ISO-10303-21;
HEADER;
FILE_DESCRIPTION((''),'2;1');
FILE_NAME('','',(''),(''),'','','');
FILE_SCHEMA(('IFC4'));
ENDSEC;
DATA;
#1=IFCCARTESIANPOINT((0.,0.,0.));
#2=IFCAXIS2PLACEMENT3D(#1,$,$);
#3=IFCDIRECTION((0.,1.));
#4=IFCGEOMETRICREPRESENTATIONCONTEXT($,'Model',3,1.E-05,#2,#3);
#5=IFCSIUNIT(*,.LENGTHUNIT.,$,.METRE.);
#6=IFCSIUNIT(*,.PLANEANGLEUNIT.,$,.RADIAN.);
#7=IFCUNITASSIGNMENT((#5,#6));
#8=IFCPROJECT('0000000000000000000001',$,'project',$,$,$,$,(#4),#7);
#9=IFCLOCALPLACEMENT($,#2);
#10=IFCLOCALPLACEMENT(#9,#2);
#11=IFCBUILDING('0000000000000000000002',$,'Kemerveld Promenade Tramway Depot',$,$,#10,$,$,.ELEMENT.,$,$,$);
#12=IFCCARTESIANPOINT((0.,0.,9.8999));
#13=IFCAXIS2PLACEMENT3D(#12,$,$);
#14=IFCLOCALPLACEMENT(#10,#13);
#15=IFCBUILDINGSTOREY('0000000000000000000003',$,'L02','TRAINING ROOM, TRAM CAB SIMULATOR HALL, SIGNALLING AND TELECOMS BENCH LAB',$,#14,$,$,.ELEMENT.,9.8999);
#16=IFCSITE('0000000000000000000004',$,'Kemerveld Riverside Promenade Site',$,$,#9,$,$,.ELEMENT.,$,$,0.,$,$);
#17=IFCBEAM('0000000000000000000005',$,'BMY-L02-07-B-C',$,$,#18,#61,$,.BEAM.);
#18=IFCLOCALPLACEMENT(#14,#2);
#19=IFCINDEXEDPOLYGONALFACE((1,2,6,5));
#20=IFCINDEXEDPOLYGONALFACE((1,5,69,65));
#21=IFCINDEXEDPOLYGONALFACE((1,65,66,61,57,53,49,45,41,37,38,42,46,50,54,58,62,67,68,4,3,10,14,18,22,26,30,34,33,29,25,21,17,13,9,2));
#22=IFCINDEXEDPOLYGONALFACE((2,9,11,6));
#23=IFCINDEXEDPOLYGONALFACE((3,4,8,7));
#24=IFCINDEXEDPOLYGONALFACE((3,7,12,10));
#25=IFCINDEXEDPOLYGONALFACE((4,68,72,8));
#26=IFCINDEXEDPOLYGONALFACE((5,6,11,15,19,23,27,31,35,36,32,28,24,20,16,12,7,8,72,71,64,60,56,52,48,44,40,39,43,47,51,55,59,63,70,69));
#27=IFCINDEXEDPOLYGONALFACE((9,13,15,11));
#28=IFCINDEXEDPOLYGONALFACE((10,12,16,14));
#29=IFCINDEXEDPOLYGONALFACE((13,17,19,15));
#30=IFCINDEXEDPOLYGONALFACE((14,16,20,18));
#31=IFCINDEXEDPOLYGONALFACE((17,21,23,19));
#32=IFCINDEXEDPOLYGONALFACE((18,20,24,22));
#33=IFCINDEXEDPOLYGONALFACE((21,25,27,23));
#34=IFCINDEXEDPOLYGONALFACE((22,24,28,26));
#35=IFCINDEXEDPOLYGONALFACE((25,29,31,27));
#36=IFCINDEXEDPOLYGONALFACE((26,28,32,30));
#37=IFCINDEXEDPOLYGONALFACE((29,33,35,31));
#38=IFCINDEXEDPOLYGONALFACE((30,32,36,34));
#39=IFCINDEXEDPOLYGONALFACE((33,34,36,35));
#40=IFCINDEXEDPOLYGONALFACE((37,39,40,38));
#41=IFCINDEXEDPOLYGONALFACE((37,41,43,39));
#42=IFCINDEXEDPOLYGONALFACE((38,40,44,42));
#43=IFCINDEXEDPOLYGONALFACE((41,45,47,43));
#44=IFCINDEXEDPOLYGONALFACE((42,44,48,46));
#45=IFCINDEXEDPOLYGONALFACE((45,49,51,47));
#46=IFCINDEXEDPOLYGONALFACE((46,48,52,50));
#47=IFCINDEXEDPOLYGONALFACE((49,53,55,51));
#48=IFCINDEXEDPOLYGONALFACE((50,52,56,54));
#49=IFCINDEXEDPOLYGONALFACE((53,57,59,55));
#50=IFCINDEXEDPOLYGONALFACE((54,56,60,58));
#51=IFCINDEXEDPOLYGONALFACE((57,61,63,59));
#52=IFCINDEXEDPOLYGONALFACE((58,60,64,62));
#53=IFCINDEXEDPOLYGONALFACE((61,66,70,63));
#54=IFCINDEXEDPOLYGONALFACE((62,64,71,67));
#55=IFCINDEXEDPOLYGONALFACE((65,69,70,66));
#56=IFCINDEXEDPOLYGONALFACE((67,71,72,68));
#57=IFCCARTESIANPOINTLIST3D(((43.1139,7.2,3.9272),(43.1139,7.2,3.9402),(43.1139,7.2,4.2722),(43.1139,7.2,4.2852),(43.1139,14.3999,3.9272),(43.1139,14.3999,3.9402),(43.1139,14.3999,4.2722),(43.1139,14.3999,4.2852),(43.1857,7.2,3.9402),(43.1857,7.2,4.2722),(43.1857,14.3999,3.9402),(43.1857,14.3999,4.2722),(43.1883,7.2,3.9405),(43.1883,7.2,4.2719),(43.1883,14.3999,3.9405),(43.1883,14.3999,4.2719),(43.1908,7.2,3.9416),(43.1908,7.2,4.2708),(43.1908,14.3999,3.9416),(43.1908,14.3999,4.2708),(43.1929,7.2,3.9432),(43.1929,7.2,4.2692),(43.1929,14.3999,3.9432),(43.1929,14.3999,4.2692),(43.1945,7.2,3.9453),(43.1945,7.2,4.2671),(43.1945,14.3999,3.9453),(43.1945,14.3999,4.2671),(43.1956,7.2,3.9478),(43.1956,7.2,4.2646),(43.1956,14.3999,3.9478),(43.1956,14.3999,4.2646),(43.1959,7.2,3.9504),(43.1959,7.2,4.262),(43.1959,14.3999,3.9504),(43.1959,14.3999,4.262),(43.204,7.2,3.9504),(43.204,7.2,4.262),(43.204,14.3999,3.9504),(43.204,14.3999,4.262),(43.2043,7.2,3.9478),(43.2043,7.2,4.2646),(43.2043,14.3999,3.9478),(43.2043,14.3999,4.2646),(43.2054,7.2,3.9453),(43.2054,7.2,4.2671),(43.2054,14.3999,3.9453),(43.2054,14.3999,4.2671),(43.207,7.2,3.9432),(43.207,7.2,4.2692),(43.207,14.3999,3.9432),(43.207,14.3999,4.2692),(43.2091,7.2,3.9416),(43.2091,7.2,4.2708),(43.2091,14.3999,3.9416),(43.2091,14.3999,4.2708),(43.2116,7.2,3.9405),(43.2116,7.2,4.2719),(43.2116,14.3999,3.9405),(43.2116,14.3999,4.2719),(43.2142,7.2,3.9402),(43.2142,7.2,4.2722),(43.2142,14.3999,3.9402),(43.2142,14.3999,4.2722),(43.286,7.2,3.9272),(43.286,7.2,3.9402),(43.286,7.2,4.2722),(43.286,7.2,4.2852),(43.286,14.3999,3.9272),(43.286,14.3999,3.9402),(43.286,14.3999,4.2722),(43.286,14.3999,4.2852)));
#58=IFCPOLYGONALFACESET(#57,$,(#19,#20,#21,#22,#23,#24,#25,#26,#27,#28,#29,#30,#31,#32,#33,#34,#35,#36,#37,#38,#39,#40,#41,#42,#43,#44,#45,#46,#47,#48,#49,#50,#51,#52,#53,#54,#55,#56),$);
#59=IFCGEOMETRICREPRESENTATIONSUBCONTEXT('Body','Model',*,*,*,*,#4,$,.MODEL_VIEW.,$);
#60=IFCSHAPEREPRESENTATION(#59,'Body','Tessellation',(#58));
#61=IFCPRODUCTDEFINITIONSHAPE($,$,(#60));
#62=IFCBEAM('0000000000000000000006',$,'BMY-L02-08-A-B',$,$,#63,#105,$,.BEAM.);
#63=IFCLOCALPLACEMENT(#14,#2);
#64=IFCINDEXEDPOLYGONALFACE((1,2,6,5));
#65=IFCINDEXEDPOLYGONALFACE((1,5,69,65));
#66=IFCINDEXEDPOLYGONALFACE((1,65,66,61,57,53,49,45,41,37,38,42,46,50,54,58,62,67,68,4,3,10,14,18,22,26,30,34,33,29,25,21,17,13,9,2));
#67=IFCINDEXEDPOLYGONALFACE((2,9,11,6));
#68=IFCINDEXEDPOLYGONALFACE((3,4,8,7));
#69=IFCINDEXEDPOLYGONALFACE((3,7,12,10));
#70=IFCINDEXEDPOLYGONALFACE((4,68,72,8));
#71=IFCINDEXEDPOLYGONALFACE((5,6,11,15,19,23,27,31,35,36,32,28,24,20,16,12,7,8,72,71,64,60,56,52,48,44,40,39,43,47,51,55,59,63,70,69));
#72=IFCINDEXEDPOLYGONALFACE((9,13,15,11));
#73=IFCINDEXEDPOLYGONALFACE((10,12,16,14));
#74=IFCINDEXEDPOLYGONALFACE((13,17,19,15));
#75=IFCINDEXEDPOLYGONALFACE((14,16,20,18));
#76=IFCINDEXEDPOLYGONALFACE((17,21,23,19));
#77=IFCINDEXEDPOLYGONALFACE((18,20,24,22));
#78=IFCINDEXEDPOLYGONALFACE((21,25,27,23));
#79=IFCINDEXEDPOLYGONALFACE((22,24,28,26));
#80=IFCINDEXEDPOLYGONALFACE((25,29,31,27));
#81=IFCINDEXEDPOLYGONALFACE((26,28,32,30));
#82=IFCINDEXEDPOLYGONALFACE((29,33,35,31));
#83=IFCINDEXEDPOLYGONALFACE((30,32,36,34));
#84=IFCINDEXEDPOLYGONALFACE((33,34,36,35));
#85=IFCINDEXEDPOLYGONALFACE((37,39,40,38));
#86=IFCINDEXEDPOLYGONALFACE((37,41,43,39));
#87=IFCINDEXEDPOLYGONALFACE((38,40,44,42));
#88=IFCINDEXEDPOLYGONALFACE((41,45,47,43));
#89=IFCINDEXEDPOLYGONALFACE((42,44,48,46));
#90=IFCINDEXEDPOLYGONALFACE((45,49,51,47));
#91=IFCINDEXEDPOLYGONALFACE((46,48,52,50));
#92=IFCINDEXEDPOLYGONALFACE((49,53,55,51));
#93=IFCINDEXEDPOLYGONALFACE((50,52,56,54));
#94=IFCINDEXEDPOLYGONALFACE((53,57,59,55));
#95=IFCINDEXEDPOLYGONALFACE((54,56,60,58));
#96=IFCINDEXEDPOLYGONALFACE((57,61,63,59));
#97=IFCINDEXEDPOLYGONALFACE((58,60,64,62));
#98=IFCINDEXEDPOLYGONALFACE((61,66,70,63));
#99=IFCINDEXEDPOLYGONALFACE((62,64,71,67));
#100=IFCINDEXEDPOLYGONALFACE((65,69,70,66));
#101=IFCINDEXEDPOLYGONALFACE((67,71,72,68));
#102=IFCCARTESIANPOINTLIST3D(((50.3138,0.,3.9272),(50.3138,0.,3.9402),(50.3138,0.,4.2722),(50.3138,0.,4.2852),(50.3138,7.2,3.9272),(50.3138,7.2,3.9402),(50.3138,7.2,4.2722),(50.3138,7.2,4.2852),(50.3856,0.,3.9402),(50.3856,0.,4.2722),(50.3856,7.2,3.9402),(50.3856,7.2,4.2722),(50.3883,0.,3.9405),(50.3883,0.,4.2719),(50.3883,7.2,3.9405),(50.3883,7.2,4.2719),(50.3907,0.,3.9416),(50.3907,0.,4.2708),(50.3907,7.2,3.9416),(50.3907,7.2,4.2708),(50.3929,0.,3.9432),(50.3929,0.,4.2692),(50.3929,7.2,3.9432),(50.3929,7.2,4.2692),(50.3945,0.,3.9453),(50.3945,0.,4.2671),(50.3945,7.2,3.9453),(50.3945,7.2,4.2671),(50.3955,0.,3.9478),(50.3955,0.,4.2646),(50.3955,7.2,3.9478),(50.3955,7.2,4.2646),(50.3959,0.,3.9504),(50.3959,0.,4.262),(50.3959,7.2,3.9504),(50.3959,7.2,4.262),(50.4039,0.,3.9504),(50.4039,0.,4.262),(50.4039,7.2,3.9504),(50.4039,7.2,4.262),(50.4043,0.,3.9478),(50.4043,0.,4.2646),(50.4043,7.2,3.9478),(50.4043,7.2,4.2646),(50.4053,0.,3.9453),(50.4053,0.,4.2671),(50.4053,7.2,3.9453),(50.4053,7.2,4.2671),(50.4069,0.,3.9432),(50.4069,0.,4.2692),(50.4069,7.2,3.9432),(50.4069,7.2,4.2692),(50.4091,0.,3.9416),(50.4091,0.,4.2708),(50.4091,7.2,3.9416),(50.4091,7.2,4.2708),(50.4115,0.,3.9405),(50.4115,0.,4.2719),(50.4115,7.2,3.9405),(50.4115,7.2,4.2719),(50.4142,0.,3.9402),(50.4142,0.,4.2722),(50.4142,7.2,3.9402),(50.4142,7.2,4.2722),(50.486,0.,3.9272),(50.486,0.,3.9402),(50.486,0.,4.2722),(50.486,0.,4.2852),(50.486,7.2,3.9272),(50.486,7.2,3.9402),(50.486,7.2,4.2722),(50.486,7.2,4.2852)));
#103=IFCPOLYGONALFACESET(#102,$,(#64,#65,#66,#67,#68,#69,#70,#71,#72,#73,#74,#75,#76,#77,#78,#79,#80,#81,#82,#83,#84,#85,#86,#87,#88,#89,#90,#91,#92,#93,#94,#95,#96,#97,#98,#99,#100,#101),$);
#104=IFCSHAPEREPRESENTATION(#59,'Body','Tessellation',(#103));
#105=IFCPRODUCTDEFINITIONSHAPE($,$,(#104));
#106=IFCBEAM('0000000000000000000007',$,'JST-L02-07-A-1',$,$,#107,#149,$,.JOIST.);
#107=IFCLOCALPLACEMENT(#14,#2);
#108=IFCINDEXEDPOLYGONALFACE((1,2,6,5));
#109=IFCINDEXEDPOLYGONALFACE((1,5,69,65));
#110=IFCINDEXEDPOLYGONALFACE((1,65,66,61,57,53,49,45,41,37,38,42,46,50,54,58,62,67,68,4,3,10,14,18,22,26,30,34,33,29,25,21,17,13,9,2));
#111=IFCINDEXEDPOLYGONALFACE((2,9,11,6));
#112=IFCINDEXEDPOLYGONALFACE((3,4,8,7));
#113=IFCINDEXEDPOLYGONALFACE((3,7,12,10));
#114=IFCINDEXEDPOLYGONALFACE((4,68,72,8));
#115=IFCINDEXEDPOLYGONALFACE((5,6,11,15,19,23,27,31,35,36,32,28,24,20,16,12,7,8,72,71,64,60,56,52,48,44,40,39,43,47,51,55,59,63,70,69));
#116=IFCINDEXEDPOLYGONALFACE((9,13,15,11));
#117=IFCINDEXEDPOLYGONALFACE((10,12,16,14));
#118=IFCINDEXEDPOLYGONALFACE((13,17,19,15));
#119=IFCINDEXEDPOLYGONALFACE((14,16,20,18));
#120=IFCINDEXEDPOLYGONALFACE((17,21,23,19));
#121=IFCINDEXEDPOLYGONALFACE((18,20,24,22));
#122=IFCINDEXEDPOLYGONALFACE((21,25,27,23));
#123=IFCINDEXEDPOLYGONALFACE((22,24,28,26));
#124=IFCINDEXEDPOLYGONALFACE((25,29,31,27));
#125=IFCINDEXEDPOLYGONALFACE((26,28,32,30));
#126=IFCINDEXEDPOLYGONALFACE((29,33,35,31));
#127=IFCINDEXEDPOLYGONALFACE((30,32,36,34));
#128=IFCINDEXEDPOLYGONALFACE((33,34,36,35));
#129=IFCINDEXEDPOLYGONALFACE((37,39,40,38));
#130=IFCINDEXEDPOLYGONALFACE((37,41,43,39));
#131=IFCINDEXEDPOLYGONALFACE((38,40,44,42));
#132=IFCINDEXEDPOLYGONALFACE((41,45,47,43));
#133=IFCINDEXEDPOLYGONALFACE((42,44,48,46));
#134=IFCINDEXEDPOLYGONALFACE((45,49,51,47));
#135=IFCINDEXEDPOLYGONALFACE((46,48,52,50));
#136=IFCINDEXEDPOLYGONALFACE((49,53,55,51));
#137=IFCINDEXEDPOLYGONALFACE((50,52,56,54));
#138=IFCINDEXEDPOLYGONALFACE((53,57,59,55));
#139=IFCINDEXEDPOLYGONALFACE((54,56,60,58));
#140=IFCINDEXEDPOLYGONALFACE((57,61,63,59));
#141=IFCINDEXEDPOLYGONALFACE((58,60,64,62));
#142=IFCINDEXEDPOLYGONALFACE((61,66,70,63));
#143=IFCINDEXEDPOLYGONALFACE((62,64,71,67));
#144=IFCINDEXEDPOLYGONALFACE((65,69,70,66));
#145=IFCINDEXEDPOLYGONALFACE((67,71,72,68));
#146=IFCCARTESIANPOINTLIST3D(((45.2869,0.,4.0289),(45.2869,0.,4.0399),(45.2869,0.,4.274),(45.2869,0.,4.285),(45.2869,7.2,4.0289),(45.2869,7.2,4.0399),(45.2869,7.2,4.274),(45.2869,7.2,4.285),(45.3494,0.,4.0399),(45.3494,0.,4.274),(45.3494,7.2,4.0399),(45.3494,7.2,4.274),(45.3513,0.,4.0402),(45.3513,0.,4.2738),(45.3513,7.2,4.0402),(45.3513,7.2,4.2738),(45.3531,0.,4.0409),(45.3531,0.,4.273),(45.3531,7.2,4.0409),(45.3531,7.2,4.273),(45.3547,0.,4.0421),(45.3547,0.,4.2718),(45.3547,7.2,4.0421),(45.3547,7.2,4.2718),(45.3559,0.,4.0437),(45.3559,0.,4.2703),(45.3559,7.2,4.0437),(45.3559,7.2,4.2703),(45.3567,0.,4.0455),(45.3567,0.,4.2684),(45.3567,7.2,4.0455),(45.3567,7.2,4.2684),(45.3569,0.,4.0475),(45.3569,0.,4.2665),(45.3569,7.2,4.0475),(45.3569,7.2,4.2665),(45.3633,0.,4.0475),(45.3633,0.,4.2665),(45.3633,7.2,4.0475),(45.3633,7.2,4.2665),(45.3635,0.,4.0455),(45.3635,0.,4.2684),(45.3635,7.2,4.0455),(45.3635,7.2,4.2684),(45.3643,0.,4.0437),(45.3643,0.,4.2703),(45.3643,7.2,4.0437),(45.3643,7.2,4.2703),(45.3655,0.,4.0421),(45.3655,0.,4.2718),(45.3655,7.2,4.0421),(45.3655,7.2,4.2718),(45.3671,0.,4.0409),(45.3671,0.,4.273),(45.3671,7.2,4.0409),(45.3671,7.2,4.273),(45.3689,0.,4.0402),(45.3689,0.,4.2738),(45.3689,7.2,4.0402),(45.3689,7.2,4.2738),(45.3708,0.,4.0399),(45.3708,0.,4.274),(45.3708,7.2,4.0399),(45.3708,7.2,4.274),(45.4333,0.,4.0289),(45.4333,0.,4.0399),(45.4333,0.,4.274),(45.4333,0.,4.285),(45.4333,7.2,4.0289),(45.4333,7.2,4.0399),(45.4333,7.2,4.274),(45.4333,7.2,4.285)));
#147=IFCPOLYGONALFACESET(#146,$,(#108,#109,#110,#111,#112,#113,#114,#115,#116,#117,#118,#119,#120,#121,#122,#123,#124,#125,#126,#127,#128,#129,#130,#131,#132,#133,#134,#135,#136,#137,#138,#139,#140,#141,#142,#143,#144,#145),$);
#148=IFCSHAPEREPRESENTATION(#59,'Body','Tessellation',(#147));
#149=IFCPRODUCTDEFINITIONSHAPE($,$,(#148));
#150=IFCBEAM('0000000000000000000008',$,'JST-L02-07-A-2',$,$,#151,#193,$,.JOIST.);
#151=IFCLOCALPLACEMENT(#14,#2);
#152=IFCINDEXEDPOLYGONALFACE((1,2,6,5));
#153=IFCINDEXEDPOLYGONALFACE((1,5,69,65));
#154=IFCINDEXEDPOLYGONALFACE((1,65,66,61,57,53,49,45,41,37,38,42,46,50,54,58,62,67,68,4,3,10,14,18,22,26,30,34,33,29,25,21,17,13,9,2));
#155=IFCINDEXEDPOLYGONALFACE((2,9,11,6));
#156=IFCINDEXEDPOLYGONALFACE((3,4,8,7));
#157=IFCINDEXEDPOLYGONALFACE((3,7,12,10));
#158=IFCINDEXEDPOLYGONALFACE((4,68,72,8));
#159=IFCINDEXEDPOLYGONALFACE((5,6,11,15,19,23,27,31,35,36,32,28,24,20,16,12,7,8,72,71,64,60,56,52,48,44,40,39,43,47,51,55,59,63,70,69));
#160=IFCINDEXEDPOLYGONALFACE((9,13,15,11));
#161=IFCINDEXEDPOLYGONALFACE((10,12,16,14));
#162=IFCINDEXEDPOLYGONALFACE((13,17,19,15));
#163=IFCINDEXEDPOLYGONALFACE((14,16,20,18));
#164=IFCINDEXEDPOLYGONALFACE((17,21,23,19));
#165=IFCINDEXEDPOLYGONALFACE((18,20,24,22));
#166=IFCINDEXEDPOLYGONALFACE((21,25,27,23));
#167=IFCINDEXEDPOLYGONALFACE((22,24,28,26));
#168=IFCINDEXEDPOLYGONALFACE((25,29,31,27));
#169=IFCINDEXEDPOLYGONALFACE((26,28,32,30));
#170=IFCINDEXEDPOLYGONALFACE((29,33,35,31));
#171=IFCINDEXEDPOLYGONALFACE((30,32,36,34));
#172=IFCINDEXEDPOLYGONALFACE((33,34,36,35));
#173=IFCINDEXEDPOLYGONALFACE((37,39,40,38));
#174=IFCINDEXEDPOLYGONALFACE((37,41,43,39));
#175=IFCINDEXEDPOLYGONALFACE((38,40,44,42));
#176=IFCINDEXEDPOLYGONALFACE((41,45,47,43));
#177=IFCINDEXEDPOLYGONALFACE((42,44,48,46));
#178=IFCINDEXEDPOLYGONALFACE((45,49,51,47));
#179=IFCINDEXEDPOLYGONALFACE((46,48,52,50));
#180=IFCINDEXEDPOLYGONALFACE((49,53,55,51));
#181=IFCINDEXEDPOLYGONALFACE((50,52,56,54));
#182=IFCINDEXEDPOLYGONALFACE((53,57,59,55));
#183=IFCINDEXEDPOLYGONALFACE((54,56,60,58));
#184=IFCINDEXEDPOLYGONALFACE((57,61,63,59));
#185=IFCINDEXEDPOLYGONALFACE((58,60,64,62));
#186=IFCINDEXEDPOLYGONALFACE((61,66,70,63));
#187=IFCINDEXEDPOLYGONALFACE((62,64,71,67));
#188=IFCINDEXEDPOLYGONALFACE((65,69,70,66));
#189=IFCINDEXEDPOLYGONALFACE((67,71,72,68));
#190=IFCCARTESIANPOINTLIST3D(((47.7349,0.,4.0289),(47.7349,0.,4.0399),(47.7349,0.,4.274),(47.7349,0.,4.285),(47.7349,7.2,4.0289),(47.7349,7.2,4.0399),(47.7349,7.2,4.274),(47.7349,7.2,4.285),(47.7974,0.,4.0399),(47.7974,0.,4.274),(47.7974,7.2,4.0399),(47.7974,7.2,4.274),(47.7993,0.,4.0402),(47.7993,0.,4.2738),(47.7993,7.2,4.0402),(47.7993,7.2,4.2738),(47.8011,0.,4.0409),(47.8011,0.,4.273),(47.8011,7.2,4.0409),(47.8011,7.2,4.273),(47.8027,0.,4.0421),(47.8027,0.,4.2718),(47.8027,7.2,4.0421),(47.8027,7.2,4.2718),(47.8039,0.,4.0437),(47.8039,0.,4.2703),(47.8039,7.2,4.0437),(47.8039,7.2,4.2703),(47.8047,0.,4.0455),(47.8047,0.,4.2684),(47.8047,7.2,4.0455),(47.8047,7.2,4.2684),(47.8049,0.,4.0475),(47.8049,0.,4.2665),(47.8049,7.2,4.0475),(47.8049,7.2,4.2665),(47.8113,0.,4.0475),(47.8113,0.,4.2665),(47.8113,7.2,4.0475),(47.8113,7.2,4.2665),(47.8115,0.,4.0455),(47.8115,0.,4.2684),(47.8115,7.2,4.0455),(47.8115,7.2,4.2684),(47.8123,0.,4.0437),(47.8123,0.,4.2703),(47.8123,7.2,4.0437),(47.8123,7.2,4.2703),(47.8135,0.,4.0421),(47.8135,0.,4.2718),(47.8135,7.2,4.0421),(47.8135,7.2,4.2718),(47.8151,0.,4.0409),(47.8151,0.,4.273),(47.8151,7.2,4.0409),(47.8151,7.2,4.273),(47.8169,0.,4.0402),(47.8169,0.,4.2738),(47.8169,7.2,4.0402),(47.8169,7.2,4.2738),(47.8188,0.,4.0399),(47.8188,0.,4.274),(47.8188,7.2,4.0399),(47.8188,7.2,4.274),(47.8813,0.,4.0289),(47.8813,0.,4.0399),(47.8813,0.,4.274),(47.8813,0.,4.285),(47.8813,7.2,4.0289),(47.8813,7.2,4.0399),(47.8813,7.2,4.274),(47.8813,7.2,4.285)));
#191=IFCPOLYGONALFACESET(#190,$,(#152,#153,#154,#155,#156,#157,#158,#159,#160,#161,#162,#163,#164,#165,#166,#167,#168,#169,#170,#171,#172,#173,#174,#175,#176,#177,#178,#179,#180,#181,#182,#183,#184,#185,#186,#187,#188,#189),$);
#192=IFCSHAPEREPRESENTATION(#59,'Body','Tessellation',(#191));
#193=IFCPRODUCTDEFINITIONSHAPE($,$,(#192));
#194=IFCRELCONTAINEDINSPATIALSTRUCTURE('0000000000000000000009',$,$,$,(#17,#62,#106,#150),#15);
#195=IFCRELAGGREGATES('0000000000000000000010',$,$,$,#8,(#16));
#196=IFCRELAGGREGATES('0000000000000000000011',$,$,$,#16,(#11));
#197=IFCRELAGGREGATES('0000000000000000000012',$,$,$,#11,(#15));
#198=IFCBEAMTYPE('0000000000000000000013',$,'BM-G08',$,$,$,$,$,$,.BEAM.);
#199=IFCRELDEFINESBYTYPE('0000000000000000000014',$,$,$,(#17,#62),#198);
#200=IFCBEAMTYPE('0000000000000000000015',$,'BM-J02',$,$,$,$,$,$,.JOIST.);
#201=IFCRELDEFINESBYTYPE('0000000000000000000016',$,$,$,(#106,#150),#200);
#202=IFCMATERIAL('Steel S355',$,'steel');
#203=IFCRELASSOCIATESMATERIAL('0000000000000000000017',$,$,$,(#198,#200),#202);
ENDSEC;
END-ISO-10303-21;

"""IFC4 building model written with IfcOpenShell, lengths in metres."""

from ifc_helpers import new_model, si_unit, direction, frame, origin, origin_2d, place, context, subcontext, project, spatial, i_section, extrude, material, material_profile, profile_set, type_object, element, save


model = new_model("IFC4")

# Units and contexts
model_context = context("Model", 3, precision=1e-05, world=origin(), true_north=direction((0.0, 1.0)))
body_context = subcontext(model_context, "Body", "Model", "MODEL_VIEW")
ifc_project = project(units=[si_unit("LENGTHUNIT", "METRE"), si_unit("PLANEANGLEUNIT", "RADIAN")], contexts=[model_context])

# Site, building, storey
site_placement = place(None, origin())
site = spatial("IfcSite", under=ifc_project, at=site_placement, Name="Kemerveld Riverside Promenade Site", CompositionType="ELEMENT", RefElevation=0.0)
building_placement = place(site_placement, origin())
building = spatial("IfcBuilding", under=site, at=building_placement, Name="Kemerveld Promenade Tramway Depot", CompositionType="ELEMENT")
storey_placement = place(building_placement, frame((0.0, 0.0, 9.8999)))
storey = spatial("IfcBuildingStorey", under=building, at=storey_placement, Name="L02", Description="TRAINING ROOM, TRAM CAB SIMULATOR HALL, SIGNALLING AND TELECOMS BENCH LAB", CompositionType="ELEMENT", Elevation=9.8999)

# Shared definitions
ifc_material_1 = material(Name="Steel S355", Category="steel")

# Beams
ifc_material_profile_1 = material_profile(ifc_material_1, i_section(OverallWidth=0.1721, OverallDepth=0.3579, WebThickness=0.0081, FlangeThickness=0.0129, FilletRadius=0.0103, at=origin_2d()), Name="356x171x57 UB")
ifc_profile_set_1 = profile_set([ifc_material_profile_1], Name="Steel S355")
beam_type_1 = type_object("IfcBeamType", Name="BM-G08", PredefinedType="BEAM", material=ifc_profile_set_1)
for number, where, z_axis, x_axis, name in (
    (1, (43.2, 7.2, 4.1062), (0.0, 1.0, 0.0), (-1.0, 0.0, 0.0), "BMY-L02-07-B-C"),
    (2, (50.3999, 0.0, 4.1062), (0.0, 1.0, 0.0), (-1.0, 0.0, 0.0), "BMY-L02-08-A-B"),
):
    element("IfcBeam", number, at=place(storey_placement, frame(where, z_axis=z_axis, x_axis=x_axis)), inside=storey, type_object=beam_type_1, Name=name, PredefinedType="BEAM", context=body_context, shape_type="SweptSolid", body=[
        extrude(i_section(OverallWidth=0.1721, OverallDepth=0.3579, WebThickness=0.0081, FlangeThickness=0.0129, FilletRadius=0.0103, at=origin_2d()), origin(), (0.0, 0.0, 1.0), 7.2),
    ])
ifc_material_profile_2 = material_profile(ifc_material_1, i_section(OverallWidth=0.1465, OverallDepth=0.2561, WebThickness=0.0063, FlangeThickness=0.011, FilletRadius=0.0076, at=origin_2d()), Name="254x146x37 UB")
ifc_profile_set_2 = profile_set([ifc_material_profile_2], Name="Steel S355")
beam_type_2 = type_object("IfcBeamType", Name="BM-J02", PredefinedType="JOIST", material=ifc_profile_set_2)
for number, where, z_axis, x_axis, name in (
    (3, (45.3601, 0.0, 4.157), (0.0, 1.0, 0.0), (-1.0, 0.0, 0.0), "JST-L02-07-A-1"),
    (4, (47.8081, 0.0, 4.157), (0.0, 1.0, 0.0), (-1.0, 0.0, 0.0), "JST-L02-07-A-2"),
):
    element("IfcBeam", number, at=place(storey_placement, frame(where, z_axis=z_axis, x_axis=x_axis)), inside=storey, type_object=beam_type_2, Name=name, PredefinedType="JOIST", context=body_context, shape_type="SweptSolid", body=[
        extrude(i_section(OverallWidth=0.1465, OverallDepth=0.2561, WebThickness=0.0063, FlangeThickness=0.011, FilletRadius=0.0076, at=origin_2d()), origin(), (0.0, 0.0, 1.0), 7.2),
    ])

save(model, "model.ifc")
